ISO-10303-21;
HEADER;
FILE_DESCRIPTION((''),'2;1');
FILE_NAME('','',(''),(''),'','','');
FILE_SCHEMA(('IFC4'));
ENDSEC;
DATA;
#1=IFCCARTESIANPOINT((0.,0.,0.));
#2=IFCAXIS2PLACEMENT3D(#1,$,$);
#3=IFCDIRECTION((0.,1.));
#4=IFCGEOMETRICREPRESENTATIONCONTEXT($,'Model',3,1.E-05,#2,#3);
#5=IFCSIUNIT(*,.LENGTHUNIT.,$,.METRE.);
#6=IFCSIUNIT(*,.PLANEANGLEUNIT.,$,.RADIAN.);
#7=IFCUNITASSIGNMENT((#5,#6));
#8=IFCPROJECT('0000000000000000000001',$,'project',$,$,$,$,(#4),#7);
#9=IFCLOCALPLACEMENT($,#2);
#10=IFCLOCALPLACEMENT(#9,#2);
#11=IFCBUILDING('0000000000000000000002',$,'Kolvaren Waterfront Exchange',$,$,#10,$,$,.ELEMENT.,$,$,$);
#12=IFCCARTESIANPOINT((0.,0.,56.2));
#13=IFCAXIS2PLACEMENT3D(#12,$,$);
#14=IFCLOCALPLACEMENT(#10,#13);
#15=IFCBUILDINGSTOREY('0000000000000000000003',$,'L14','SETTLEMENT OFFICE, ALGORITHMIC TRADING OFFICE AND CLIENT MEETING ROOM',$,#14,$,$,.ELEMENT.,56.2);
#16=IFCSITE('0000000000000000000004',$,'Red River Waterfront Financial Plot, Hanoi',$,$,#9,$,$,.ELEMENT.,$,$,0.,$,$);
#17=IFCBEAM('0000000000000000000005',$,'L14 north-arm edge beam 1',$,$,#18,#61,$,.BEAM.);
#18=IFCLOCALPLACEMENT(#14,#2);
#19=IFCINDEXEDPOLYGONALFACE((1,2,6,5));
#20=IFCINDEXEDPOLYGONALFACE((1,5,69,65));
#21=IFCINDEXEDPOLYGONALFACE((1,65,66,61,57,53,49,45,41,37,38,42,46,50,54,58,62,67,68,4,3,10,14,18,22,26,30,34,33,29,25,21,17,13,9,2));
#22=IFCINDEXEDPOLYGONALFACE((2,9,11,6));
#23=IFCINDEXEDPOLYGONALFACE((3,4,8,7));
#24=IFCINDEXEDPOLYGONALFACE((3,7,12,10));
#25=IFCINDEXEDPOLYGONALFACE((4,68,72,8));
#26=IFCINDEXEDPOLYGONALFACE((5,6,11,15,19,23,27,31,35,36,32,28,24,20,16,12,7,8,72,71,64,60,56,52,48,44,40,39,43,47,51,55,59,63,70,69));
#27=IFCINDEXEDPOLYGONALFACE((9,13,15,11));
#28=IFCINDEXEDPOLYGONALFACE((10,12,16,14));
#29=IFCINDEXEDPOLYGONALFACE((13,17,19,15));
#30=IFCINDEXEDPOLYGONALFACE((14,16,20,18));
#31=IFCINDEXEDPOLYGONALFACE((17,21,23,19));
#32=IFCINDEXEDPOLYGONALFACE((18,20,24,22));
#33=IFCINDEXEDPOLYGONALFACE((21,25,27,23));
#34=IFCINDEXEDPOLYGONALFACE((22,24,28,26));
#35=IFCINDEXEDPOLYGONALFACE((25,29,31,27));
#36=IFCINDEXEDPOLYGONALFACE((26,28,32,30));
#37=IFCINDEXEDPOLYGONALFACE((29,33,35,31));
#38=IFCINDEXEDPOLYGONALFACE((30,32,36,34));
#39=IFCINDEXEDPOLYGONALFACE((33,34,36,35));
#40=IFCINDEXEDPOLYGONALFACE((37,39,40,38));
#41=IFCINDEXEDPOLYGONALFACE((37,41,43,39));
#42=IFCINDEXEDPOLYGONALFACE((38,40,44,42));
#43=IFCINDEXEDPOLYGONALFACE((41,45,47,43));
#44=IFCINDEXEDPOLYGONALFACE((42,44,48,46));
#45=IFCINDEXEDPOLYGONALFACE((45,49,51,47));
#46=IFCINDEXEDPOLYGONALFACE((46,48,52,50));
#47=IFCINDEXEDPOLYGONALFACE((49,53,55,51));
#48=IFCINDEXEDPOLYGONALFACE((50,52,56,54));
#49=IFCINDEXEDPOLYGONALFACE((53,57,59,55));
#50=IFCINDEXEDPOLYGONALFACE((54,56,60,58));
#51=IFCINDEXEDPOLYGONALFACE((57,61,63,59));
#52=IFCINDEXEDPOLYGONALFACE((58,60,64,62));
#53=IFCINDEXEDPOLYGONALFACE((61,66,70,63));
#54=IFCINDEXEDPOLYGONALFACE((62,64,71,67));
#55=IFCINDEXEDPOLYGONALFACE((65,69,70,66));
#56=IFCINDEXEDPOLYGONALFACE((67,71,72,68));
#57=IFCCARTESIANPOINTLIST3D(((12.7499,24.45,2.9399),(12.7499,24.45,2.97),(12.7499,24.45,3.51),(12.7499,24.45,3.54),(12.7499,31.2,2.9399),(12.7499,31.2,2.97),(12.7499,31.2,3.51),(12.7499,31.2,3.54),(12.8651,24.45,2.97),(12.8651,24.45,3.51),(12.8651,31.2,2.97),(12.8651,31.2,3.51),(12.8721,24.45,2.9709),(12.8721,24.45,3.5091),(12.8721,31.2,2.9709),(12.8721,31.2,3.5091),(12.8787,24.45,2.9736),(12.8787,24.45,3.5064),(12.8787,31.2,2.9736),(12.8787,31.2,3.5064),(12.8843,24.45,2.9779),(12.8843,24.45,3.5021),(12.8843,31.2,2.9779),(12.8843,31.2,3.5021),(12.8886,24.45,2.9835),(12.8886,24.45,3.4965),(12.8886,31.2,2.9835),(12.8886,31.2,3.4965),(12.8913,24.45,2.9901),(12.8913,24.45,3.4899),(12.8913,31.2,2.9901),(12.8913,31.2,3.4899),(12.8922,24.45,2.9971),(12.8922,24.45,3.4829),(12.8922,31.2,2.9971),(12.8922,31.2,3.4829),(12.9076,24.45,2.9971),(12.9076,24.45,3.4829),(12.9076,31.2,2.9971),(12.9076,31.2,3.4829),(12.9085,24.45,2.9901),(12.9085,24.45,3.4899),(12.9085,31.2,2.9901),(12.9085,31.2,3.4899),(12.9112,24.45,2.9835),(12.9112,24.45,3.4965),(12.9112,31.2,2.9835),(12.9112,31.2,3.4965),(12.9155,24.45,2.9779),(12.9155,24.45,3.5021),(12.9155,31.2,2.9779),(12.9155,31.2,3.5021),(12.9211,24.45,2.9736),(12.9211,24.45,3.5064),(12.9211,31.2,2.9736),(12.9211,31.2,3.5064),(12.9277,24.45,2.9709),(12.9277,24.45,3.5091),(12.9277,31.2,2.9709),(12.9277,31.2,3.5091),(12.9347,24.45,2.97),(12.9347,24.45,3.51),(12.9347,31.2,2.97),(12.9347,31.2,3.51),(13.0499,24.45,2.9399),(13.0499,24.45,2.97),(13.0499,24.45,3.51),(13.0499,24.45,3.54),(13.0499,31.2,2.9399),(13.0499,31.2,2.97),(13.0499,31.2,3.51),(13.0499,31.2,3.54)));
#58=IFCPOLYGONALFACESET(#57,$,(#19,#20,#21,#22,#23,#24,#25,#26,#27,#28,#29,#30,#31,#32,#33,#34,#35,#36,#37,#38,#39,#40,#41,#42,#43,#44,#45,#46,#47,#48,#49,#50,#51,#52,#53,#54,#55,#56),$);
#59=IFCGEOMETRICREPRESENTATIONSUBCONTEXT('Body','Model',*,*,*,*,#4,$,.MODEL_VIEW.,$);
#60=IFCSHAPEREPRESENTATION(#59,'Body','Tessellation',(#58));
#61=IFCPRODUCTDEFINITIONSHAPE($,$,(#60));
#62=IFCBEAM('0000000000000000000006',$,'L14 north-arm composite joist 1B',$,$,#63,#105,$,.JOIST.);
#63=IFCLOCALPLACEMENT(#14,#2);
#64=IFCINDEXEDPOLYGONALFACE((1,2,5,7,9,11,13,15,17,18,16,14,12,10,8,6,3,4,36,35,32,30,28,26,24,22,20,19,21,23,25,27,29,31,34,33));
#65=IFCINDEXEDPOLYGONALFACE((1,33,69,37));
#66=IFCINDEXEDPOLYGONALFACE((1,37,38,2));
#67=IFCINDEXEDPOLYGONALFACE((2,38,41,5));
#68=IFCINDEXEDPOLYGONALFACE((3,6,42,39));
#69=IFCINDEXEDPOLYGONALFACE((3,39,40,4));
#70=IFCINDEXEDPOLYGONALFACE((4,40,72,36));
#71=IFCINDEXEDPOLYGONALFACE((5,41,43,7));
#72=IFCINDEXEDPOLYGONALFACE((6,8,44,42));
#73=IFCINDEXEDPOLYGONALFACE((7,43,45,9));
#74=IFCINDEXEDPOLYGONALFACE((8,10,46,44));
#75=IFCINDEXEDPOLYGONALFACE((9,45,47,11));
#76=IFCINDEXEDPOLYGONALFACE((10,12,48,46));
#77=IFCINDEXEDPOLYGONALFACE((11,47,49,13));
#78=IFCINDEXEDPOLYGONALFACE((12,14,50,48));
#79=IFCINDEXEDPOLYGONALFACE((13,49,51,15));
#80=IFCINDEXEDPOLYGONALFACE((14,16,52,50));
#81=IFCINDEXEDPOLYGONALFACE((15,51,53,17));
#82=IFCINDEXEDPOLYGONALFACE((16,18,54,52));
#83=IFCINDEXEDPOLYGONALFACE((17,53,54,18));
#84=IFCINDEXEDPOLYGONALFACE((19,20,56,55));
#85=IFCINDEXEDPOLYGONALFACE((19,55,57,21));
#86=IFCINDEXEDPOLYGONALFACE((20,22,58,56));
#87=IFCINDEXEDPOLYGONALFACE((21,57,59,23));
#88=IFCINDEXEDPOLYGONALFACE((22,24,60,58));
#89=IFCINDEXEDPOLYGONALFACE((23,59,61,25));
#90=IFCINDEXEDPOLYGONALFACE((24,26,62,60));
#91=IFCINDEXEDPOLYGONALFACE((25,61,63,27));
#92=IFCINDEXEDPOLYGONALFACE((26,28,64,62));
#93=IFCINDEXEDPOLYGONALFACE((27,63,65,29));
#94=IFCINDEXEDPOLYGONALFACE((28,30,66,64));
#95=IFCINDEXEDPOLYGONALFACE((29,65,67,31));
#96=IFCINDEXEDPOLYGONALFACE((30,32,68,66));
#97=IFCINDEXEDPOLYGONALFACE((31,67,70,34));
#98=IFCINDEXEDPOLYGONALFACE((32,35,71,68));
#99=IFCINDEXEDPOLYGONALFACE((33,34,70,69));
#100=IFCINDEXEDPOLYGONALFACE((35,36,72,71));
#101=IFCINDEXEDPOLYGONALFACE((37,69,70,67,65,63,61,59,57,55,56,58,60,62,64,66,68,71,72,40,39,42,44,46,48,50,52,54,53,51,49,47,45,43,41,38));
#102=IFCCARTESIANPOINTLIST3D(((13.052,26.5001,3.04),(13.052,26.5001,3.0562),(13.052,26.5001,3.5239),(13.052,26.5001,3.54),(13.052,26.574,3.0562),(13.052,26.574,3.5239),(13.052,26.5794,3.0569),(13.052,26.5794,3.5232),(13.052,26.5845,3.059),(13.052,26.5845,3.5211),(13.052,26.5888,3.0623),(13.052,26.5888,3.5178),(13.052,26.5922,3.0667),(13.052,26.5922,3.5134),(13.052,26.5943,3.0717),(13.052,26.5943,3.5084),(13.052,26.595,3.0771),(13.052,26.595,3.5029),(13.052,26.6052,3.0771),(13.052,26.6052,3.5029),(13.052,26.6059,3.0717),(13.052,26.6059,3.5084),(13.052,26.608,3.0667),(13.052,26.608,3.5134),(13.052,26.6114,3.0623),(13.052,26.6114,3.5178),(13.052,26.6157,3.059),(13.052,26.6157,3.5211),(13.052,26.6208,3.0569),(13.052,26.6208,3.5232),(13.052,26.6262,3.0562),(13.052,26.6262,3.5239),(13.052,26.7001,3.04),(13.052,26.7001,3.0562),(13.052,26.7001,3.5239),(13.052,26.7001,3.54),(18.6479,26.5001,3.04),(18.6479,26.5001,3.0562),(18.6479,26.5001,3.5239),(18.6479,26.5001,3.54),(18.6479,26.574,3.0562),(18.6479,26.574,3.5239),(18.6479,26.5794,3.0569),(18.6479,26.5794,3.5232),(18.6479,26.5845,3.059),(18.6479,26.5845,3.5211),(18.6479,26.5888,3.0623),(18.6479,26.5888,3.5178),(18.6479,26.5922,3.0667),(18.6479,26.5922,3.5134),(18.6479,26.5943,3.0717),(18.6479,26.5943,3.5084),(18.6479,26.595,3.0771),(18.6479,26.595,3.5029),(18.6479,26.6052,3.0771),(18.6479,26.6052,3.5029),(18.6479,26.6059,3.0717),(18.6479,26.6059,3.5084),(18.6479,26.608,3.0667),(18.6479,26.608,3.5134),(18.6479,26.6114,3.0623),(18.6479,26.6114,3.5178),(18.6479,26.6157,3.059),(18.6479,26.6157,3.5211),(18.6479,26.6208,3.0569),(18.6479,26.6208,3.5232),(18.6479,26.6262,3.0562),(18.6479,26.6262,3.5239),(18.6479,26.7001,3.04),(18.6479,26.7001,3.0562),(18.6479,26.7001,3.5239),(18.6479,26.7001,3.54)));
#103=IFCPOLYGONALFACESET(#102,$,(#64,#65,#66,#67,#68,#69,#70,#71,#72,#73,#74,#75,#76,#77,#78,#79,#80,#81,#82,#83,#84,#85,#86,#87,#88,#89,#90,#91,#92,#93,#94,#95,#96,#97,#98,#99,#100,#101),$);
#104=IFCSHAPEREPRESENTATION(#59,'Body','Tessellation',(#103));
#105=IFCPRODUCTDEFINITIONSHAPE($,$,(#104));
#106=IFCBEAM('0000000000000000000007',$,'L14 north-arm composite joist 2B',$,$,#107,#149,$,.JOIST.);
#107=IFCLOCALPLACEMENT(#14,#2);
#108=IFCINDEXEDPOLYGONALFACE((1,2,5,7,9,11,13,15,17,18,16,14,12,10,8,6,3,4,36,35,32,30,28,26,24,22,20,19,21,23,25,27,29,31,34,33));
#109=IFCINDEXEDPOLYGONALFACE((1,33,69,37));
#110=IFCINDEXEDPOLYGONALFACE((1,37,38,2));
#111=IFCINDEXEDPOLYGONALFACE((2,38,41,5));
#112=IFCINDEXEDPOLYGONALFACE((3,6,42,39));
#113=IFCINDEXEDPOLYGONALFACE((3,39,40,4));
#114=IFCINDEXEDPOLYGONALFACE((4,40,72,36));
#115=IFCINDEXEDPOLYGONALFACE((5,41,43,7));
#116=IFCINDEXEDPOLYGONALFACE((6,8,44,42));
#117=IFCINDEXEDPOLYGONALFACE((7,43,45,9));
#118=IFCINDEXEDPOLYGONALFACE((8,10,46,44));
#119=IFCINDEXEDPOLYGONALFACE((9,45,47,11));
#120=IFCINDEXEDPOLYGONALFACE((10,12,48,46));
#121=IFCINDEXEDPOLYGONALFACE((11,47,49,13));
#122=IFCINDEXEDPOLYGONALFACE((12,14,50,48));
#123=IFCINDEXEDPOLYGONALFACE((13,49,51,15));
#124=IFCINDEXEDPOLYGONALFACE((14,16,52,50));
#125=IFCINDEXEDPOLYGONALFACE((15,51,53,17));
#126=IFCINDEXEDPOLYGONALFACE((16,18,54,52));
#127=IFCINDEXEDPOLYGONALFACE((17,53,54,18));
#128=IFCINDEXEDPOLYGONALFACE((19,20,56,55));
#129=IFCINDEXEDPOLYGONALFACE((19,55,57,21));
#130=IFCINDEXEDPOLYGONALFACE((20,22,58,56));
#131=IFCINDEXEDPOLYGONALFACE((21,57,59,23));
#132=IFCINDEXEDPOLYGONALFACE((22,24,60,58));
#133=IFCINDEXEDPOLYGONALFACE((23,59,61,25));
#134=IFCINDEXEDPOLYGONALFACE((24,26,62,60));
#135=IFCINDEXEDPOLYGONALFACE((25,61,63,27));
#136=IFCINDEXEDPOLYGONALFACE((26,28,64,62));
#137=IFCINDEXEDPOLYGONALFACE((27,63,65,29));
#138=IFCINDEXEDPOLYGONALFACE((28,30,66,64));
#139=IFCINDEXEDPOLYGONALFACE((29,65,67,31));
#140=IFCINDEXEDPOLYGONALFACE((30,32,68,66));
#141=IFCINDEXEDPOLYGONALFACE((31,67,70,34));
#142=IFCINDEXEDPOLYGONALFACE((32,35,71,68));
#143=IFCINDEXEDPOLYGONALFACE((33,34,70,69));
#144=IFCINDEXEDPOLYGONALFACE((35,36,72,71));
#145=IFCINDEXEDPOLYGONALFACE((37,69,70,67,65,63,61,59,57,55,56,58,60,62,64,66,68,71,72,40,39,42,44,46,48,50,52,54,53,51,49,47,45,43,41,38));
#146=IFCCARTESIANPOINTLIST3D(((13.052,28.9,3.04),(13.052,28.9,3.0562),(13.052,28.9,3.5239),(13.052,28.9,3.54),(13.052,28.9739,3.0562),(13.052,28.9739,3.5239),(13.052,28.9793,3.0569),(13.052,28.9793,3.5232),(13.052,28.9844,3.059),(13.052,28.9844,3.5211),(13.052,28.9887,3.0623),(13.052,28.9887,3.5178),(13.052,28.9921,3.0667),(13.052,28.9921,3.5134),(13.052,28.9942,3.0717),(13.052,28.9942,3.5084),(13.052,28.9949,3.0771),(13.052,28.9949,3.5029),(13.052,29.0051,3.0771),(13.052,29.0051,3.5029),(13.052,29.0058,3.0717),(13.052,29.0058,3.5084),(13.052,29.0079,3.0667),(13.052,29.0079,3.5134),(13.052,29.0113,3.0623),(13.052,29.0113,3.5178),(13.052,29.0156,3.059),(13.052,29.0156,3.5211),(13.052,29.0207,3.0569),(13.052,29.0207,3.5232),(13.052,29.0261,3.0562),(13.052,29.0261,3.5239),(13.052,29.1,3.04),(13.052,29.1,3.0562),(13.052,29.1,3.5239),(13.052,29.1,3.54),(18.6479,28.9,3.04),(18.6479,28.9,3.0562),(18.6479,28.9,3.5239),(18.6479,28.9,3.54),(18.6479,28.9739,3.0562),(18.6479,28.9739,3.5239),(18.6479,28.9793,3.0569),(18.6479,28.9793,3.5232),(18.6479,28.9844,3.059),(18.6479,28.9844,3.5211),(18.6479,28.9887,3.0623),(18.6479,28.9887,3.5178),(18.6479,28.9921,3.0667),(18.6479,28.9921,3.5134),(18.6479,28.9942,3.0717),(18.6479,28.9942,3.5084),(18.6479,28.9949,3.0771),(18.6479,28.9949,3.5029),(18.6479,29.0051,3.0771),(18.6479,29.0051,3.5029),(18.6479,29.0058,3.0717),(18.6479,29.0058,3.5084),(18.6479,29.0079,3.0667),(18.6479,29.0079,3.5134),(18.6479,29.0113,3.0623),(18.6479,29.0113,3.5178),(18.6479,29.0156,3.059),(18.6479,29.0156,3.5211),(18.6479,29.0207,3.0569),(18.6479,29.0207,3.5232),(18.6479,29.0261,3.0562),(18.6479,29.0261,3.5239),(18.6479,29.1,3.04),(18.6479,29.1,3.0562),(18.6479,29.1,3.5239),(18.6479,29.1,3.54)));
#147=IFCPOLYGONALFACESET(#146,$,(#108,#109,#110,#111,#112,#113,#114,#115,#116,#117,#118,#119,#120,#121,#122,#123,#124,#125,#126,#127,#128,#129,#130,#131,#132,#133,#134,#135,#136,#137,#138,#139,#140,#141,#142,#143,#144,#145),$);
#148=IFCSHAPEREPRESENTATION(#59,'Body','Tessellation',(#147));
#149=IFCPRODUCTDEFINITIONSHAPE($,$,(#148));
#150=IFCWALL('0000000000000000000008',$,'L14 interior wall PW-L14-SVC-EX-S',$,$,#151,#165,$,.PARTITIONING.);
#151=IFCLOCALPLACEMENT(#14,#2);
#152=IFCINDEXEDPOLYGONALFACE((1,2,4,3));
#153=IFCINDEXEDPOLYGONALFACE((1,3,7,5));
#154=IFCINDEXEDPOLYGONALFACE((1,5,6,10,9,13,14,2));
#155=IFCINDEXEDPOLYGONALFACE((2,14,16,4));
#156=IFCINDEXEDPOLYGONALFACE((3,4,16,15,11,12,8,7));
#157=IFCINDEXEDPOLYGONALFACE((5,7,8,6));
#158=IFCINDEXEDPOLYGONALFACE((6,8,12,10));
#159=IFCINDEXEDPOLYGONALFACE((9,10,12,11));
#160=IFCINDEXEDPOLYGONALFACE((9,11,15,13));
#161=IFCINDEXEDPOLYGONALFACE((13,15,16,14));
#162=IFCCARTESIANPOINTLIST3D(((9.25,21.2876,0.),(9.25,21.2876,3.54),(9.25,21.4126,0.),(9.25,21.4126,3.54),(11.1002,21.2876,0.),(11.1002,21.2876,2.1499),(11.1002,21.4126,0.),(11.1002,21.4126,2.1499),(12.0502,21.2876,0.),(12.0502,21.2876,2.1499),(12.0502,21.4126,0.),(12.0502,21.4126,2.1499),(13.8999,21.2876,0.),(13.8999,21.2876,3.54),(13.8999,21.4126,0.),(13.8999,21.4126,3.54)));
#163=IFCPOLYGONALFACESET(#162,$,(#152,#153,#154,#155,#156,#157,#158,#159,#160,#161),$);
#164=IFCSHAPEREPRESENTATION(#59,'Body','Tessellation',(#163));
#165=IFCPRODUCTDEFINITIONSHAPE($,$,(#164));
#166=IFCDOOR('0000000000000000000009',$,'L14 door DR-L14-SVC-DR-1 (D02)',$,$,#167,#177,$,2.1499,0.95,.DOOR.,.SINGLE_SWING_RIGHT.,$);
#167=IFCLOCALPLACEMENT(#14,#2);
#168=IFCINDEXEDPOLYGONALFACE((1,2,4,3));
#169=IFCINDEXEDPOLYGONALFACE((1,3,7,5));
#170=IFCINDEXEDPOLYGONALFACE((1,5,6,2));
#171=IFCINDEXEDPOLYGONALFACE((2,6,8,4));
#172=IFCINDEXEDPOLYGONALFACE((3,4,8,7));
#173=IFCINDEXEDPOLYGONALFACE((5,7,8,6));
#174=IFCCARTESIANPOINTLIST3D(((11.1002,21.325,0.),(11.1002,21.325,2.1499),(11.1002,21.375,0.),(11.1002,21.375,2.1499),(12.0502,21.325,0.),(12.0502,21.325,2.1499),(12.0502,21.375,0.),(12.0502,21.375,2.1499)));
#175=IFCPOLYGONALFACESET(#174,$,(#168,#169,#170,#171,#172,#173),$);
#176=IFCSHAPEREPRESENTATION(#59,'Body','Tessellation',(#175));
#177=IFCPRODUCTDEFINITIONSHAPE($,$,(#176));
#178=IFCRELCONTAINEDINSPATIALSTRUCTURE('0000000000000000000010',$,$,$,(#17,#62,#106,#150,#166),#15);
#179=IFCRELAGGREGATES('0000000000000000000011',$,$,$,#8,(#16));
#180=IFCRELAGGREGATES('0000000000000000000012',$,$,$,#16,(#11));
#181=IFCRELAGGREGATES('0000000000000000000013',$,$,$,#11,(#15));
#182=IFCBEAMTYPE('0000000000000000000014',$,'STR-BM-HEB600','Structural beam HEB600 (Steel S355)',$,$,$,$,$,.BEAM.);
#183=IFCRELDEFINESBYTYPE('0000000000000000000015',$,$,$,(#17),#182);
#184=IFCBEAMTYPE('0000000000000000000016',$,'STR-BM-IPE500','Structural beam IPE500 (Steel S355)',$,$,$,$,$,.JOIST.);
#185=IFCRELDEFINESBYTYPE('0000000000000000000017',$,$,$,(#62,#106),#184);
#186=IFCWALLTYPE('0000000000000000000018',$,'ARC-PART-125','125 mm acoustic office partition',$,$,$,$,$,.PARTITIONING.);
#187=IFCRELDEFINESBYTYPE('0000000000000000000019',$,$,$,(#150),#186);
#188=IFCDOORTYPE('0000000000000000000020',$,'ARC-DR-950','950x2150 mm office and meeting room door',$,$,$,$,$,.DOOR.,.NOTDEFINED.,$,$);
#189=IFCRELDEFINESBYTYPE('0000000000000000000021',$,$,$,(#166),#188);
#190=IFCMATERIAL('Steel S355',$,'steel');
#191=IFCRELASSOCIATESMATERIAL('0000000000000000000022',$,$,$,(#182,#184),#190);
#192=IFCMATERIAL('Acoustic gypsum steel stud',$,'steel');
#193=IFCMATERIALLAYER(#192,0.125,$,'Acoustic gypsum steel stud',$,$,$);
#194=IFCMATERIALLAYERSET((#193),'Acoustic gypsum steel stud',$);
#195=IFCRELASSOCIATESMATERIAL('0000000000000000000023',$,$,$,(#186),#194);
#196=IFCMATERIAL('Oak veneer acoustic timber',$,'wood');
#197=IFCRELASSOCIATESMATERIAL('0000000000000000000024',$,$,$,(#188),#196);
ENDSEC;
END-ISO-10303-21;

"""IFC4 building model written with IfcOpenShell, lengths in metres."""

from ifc_helpers import new_model, si_unit, direction, frame, frame_2d, origin, origin_2d, place, context, subcontext, project, spatial, rectangle, i_section, extrude, material, layer, layer_set, material_profile, profile_set, type_object, element, fill, save


model = new_model("IFC4")

# Units and contexts
model_context = context("Model", 3, precision=1e-05, world=origin(), true_north=direction((0.0, 1.0)))
body_context = subcontext(model_context, "Body", "Model", "MODEL_VIEW")
ifc_project = project(units=[si_unit("LENGTHUNIT", "METRE"), si_unit("PLANEANGLEUNIT", "RADIAN")], contexts=[model_context])

# Site, building, storey
site_placement = place(None, origin())
site = spatial("IfcSite", under=ifc_project, at=site_placement, Name="Red River Waterfront Financial Plot, Hanoi", CompositionType="ELEMENT", RefElevation=0.0)
building_placement = place(site_placement, origin())
building = spatial("IfcBuilding", under=site, at=building_placement, Name="Kolvaren Waterfront Exchange", CompositionType="ELEMENT")
storey_placement = place(building_placement, frame((0.0, 0.0, 56.2)))
storey = spatial("IfcBuildingStorey", under=building, at=storey_placement, Name="L14", Description="SETTLEMENT OFFICE, ALGORITHMIC TRADING OFFICE AND CLIENT MEETING ROOM", CompositionType="ELEMENT", Elevation=56.2)

# Beams
ifc_material_1 = material(Name="Steel S355", Category="steel")
ifc_material_profile_1 = material_profile(ifc_material_1, i_section(OverallWidth=0.3, OverallDepth=0.6001, WebThickness=0.0154, FlangeThickness=0.03, FilletRadius=0.0271, at=origin_2d()), Name="HEB600")
ifc_profile_set_1 = profile_set([ifc_material_profile_1], Name="Steel S355")
beam_type_1 = type_object("IfcBeamType", Name="STR-BM-HEB600", Description="Structural beam HEB600 (Steel S355)", PredefinedType="BEAM", material=ifc_profile_set_1)
beam_1_placement = place(storey_placement, frame((12.8999, 24.45, 3.24), z_axis=(0.0, 1.0, 0.0), x_axis=(-1.0, 0.0, 0.0)))
element("IfcBeam", 1, at=beam_1_placement, inside=storey, type_object=beam_type_1, Name="L14 north-arm edge beam 1", PredefinedType="BEAM", context=body_context, shape_type="SweptSolid", body=[
    extrude(i_section(OverallWidth=0.3, OverallDepth=0.6001, WebThickness=0.0154, FlangeThickness=0.03, FilletRadius=0.0271, at=origin_2d()), origin(), (0.0, 0.0, 1.0), 6.75),
])
ifc_material_profile_2 = material_profile(ifc_material_1, i_section(OverallWidth=0.2, OverallDepth=0.5, WebThickness=0.0103, FlangeThickness=0.0161, FilletRadius=0.021, at=origin_2d()), Name="IPE500")
ifc_profile_set_2 = profile_set([ifc_material_profile_2], Name="Steel S355")
beam_type_2 = type_object("IfcBeamType", Name="STR-BM-IPE500", Description="Structural beam IPE500 (Steel S355)", PredefinedType="JOIST", material=ifc_profile_set_2)
for number, where, z_axis, x_axis, name in (
    (2, (13.052, 26.6001, 3.29), (1.0, 0.0, 0.0), (0.0, 1.0, 0.0), "L14 north-arm composite joist 1B"),
    (3, (13.052, 29.0, 3.29), (1.0, 0.0, 0.0), (0.0, 1.0, 0.0), "L14 north-arm composite joist 2B"),
):
    element("IfcBeam", number, at=place(storey_placement, frame(where, z_axis=z_axis, x_axis=x_axis)), inside=storey, type_object=beam_type_2, Name=name, PredefinedType="JOIST", context=body_context, shape_type="SweptSolid", body=[
        extrude(i_section(OverallWidth=0.2, OverallDepth=0.5, WebThickness=0.0103, FlangeThickness=0.0161, FilletRadius=0.021, at=origin_2d()), origin(), (0.0, 0.0, 1.0), 5.5959),
    ])

# Wall, opening, door
ifc_material_2 = material(Name="Acoustic gypsum steel stud", Category="steel")
ifc_layer_1 = layer(ifc_material_2, 0.125, Name="Acoustic gypsum steel stud")
ifc_layer_set_1 = layer_set([ifc_layer_1], Name="Acoustic gypsum steel stud")
wall_type_1 = type_object("IfcWallType", Name="ARC-PART-125", Description="125 mm acoustic office partition", PredefinedType="PARTITIONING", material=ifc_layer_set_1)
wall_1_placement = place(storey_placement, frame((9.25, 21.3501, 0.0), z_axis=(0.0, 0.0, 1.0), x_axis=(1.0, 0.0, 0.0)))
wall_1 = element("IfcWall", 4, at=wall_1_placement, inside=storey, type_object=wall_type_1, Name="L14 interior wall PW-L14-SVC-EX-S", PredefinedType="PARTITIONING", context=body_context, shape_type="SweptSolid", body=[
    extrude(rectangle(XDim=4.6499, YDim=0.125, at=frame_2d((2.325, 0.0))), origin(), (0.0, 0.0, 1.0), 3.54),
])
opening_1_placement = place(wall_1_placement, frame((1.8501, 0.0, 0.0)))
opening_1 = element("IfcOpeningElement", 5, at=opening_1_placement, cuts=wall_1, PredefinedType="OPENING", context=body_context, shape_type="SweptSolid", body=[
    extrude(rectangle(XDim=0.95, YDim=2.1499, at=frame_2d((0.4751, 1.075))), frame((0.0, 0.0725, 0.0), z_axis=(0.0, -1.0, 0.0), x_axis=(1.0, 0.0, 0.0)), (0.0, 0.0, 1.0), 0.145),
])
ifc_material_3 = material(Name="Oak veneer acoustic timber", Category="wood")
door_type_1 = type_object("IfcDoorType", Name="ARC-DR-950", Description="950x2150 mm office and meeting room door", OperationType="NOTDEFINED", PredefinedType="DOOR", material=ifc_material_3)
door_1_placement = place(opening_1_placement, origin())
door_1 = element("IfcDoor", 6, at=door_1_placement, inside=storey, type_object=door_type_1, Name="L14 door DR-L14-SVC-DR-1 (D02)", OperationType="SINGLE_SWING_RIGHT", OverallHeight=2.1499, OverallWidth=0.95, PredefinedType="DOOR", context=body_context, shape_type="SweptSolid", body=[
    extrude(rectangle(XDim=0.95, YDim=2.1499, at=frame_2d((0.4751, 1.075))), frame((0.0, 0.0249, 0.0), z_axis=(0.0, -1.0, 0.0), x_axis=(1.0, 0.0, 0.0)), (0.0, 0.0, 1.0), 0.05),
])
fill(opening_1, door_1)

save(model, "model.ifc")
